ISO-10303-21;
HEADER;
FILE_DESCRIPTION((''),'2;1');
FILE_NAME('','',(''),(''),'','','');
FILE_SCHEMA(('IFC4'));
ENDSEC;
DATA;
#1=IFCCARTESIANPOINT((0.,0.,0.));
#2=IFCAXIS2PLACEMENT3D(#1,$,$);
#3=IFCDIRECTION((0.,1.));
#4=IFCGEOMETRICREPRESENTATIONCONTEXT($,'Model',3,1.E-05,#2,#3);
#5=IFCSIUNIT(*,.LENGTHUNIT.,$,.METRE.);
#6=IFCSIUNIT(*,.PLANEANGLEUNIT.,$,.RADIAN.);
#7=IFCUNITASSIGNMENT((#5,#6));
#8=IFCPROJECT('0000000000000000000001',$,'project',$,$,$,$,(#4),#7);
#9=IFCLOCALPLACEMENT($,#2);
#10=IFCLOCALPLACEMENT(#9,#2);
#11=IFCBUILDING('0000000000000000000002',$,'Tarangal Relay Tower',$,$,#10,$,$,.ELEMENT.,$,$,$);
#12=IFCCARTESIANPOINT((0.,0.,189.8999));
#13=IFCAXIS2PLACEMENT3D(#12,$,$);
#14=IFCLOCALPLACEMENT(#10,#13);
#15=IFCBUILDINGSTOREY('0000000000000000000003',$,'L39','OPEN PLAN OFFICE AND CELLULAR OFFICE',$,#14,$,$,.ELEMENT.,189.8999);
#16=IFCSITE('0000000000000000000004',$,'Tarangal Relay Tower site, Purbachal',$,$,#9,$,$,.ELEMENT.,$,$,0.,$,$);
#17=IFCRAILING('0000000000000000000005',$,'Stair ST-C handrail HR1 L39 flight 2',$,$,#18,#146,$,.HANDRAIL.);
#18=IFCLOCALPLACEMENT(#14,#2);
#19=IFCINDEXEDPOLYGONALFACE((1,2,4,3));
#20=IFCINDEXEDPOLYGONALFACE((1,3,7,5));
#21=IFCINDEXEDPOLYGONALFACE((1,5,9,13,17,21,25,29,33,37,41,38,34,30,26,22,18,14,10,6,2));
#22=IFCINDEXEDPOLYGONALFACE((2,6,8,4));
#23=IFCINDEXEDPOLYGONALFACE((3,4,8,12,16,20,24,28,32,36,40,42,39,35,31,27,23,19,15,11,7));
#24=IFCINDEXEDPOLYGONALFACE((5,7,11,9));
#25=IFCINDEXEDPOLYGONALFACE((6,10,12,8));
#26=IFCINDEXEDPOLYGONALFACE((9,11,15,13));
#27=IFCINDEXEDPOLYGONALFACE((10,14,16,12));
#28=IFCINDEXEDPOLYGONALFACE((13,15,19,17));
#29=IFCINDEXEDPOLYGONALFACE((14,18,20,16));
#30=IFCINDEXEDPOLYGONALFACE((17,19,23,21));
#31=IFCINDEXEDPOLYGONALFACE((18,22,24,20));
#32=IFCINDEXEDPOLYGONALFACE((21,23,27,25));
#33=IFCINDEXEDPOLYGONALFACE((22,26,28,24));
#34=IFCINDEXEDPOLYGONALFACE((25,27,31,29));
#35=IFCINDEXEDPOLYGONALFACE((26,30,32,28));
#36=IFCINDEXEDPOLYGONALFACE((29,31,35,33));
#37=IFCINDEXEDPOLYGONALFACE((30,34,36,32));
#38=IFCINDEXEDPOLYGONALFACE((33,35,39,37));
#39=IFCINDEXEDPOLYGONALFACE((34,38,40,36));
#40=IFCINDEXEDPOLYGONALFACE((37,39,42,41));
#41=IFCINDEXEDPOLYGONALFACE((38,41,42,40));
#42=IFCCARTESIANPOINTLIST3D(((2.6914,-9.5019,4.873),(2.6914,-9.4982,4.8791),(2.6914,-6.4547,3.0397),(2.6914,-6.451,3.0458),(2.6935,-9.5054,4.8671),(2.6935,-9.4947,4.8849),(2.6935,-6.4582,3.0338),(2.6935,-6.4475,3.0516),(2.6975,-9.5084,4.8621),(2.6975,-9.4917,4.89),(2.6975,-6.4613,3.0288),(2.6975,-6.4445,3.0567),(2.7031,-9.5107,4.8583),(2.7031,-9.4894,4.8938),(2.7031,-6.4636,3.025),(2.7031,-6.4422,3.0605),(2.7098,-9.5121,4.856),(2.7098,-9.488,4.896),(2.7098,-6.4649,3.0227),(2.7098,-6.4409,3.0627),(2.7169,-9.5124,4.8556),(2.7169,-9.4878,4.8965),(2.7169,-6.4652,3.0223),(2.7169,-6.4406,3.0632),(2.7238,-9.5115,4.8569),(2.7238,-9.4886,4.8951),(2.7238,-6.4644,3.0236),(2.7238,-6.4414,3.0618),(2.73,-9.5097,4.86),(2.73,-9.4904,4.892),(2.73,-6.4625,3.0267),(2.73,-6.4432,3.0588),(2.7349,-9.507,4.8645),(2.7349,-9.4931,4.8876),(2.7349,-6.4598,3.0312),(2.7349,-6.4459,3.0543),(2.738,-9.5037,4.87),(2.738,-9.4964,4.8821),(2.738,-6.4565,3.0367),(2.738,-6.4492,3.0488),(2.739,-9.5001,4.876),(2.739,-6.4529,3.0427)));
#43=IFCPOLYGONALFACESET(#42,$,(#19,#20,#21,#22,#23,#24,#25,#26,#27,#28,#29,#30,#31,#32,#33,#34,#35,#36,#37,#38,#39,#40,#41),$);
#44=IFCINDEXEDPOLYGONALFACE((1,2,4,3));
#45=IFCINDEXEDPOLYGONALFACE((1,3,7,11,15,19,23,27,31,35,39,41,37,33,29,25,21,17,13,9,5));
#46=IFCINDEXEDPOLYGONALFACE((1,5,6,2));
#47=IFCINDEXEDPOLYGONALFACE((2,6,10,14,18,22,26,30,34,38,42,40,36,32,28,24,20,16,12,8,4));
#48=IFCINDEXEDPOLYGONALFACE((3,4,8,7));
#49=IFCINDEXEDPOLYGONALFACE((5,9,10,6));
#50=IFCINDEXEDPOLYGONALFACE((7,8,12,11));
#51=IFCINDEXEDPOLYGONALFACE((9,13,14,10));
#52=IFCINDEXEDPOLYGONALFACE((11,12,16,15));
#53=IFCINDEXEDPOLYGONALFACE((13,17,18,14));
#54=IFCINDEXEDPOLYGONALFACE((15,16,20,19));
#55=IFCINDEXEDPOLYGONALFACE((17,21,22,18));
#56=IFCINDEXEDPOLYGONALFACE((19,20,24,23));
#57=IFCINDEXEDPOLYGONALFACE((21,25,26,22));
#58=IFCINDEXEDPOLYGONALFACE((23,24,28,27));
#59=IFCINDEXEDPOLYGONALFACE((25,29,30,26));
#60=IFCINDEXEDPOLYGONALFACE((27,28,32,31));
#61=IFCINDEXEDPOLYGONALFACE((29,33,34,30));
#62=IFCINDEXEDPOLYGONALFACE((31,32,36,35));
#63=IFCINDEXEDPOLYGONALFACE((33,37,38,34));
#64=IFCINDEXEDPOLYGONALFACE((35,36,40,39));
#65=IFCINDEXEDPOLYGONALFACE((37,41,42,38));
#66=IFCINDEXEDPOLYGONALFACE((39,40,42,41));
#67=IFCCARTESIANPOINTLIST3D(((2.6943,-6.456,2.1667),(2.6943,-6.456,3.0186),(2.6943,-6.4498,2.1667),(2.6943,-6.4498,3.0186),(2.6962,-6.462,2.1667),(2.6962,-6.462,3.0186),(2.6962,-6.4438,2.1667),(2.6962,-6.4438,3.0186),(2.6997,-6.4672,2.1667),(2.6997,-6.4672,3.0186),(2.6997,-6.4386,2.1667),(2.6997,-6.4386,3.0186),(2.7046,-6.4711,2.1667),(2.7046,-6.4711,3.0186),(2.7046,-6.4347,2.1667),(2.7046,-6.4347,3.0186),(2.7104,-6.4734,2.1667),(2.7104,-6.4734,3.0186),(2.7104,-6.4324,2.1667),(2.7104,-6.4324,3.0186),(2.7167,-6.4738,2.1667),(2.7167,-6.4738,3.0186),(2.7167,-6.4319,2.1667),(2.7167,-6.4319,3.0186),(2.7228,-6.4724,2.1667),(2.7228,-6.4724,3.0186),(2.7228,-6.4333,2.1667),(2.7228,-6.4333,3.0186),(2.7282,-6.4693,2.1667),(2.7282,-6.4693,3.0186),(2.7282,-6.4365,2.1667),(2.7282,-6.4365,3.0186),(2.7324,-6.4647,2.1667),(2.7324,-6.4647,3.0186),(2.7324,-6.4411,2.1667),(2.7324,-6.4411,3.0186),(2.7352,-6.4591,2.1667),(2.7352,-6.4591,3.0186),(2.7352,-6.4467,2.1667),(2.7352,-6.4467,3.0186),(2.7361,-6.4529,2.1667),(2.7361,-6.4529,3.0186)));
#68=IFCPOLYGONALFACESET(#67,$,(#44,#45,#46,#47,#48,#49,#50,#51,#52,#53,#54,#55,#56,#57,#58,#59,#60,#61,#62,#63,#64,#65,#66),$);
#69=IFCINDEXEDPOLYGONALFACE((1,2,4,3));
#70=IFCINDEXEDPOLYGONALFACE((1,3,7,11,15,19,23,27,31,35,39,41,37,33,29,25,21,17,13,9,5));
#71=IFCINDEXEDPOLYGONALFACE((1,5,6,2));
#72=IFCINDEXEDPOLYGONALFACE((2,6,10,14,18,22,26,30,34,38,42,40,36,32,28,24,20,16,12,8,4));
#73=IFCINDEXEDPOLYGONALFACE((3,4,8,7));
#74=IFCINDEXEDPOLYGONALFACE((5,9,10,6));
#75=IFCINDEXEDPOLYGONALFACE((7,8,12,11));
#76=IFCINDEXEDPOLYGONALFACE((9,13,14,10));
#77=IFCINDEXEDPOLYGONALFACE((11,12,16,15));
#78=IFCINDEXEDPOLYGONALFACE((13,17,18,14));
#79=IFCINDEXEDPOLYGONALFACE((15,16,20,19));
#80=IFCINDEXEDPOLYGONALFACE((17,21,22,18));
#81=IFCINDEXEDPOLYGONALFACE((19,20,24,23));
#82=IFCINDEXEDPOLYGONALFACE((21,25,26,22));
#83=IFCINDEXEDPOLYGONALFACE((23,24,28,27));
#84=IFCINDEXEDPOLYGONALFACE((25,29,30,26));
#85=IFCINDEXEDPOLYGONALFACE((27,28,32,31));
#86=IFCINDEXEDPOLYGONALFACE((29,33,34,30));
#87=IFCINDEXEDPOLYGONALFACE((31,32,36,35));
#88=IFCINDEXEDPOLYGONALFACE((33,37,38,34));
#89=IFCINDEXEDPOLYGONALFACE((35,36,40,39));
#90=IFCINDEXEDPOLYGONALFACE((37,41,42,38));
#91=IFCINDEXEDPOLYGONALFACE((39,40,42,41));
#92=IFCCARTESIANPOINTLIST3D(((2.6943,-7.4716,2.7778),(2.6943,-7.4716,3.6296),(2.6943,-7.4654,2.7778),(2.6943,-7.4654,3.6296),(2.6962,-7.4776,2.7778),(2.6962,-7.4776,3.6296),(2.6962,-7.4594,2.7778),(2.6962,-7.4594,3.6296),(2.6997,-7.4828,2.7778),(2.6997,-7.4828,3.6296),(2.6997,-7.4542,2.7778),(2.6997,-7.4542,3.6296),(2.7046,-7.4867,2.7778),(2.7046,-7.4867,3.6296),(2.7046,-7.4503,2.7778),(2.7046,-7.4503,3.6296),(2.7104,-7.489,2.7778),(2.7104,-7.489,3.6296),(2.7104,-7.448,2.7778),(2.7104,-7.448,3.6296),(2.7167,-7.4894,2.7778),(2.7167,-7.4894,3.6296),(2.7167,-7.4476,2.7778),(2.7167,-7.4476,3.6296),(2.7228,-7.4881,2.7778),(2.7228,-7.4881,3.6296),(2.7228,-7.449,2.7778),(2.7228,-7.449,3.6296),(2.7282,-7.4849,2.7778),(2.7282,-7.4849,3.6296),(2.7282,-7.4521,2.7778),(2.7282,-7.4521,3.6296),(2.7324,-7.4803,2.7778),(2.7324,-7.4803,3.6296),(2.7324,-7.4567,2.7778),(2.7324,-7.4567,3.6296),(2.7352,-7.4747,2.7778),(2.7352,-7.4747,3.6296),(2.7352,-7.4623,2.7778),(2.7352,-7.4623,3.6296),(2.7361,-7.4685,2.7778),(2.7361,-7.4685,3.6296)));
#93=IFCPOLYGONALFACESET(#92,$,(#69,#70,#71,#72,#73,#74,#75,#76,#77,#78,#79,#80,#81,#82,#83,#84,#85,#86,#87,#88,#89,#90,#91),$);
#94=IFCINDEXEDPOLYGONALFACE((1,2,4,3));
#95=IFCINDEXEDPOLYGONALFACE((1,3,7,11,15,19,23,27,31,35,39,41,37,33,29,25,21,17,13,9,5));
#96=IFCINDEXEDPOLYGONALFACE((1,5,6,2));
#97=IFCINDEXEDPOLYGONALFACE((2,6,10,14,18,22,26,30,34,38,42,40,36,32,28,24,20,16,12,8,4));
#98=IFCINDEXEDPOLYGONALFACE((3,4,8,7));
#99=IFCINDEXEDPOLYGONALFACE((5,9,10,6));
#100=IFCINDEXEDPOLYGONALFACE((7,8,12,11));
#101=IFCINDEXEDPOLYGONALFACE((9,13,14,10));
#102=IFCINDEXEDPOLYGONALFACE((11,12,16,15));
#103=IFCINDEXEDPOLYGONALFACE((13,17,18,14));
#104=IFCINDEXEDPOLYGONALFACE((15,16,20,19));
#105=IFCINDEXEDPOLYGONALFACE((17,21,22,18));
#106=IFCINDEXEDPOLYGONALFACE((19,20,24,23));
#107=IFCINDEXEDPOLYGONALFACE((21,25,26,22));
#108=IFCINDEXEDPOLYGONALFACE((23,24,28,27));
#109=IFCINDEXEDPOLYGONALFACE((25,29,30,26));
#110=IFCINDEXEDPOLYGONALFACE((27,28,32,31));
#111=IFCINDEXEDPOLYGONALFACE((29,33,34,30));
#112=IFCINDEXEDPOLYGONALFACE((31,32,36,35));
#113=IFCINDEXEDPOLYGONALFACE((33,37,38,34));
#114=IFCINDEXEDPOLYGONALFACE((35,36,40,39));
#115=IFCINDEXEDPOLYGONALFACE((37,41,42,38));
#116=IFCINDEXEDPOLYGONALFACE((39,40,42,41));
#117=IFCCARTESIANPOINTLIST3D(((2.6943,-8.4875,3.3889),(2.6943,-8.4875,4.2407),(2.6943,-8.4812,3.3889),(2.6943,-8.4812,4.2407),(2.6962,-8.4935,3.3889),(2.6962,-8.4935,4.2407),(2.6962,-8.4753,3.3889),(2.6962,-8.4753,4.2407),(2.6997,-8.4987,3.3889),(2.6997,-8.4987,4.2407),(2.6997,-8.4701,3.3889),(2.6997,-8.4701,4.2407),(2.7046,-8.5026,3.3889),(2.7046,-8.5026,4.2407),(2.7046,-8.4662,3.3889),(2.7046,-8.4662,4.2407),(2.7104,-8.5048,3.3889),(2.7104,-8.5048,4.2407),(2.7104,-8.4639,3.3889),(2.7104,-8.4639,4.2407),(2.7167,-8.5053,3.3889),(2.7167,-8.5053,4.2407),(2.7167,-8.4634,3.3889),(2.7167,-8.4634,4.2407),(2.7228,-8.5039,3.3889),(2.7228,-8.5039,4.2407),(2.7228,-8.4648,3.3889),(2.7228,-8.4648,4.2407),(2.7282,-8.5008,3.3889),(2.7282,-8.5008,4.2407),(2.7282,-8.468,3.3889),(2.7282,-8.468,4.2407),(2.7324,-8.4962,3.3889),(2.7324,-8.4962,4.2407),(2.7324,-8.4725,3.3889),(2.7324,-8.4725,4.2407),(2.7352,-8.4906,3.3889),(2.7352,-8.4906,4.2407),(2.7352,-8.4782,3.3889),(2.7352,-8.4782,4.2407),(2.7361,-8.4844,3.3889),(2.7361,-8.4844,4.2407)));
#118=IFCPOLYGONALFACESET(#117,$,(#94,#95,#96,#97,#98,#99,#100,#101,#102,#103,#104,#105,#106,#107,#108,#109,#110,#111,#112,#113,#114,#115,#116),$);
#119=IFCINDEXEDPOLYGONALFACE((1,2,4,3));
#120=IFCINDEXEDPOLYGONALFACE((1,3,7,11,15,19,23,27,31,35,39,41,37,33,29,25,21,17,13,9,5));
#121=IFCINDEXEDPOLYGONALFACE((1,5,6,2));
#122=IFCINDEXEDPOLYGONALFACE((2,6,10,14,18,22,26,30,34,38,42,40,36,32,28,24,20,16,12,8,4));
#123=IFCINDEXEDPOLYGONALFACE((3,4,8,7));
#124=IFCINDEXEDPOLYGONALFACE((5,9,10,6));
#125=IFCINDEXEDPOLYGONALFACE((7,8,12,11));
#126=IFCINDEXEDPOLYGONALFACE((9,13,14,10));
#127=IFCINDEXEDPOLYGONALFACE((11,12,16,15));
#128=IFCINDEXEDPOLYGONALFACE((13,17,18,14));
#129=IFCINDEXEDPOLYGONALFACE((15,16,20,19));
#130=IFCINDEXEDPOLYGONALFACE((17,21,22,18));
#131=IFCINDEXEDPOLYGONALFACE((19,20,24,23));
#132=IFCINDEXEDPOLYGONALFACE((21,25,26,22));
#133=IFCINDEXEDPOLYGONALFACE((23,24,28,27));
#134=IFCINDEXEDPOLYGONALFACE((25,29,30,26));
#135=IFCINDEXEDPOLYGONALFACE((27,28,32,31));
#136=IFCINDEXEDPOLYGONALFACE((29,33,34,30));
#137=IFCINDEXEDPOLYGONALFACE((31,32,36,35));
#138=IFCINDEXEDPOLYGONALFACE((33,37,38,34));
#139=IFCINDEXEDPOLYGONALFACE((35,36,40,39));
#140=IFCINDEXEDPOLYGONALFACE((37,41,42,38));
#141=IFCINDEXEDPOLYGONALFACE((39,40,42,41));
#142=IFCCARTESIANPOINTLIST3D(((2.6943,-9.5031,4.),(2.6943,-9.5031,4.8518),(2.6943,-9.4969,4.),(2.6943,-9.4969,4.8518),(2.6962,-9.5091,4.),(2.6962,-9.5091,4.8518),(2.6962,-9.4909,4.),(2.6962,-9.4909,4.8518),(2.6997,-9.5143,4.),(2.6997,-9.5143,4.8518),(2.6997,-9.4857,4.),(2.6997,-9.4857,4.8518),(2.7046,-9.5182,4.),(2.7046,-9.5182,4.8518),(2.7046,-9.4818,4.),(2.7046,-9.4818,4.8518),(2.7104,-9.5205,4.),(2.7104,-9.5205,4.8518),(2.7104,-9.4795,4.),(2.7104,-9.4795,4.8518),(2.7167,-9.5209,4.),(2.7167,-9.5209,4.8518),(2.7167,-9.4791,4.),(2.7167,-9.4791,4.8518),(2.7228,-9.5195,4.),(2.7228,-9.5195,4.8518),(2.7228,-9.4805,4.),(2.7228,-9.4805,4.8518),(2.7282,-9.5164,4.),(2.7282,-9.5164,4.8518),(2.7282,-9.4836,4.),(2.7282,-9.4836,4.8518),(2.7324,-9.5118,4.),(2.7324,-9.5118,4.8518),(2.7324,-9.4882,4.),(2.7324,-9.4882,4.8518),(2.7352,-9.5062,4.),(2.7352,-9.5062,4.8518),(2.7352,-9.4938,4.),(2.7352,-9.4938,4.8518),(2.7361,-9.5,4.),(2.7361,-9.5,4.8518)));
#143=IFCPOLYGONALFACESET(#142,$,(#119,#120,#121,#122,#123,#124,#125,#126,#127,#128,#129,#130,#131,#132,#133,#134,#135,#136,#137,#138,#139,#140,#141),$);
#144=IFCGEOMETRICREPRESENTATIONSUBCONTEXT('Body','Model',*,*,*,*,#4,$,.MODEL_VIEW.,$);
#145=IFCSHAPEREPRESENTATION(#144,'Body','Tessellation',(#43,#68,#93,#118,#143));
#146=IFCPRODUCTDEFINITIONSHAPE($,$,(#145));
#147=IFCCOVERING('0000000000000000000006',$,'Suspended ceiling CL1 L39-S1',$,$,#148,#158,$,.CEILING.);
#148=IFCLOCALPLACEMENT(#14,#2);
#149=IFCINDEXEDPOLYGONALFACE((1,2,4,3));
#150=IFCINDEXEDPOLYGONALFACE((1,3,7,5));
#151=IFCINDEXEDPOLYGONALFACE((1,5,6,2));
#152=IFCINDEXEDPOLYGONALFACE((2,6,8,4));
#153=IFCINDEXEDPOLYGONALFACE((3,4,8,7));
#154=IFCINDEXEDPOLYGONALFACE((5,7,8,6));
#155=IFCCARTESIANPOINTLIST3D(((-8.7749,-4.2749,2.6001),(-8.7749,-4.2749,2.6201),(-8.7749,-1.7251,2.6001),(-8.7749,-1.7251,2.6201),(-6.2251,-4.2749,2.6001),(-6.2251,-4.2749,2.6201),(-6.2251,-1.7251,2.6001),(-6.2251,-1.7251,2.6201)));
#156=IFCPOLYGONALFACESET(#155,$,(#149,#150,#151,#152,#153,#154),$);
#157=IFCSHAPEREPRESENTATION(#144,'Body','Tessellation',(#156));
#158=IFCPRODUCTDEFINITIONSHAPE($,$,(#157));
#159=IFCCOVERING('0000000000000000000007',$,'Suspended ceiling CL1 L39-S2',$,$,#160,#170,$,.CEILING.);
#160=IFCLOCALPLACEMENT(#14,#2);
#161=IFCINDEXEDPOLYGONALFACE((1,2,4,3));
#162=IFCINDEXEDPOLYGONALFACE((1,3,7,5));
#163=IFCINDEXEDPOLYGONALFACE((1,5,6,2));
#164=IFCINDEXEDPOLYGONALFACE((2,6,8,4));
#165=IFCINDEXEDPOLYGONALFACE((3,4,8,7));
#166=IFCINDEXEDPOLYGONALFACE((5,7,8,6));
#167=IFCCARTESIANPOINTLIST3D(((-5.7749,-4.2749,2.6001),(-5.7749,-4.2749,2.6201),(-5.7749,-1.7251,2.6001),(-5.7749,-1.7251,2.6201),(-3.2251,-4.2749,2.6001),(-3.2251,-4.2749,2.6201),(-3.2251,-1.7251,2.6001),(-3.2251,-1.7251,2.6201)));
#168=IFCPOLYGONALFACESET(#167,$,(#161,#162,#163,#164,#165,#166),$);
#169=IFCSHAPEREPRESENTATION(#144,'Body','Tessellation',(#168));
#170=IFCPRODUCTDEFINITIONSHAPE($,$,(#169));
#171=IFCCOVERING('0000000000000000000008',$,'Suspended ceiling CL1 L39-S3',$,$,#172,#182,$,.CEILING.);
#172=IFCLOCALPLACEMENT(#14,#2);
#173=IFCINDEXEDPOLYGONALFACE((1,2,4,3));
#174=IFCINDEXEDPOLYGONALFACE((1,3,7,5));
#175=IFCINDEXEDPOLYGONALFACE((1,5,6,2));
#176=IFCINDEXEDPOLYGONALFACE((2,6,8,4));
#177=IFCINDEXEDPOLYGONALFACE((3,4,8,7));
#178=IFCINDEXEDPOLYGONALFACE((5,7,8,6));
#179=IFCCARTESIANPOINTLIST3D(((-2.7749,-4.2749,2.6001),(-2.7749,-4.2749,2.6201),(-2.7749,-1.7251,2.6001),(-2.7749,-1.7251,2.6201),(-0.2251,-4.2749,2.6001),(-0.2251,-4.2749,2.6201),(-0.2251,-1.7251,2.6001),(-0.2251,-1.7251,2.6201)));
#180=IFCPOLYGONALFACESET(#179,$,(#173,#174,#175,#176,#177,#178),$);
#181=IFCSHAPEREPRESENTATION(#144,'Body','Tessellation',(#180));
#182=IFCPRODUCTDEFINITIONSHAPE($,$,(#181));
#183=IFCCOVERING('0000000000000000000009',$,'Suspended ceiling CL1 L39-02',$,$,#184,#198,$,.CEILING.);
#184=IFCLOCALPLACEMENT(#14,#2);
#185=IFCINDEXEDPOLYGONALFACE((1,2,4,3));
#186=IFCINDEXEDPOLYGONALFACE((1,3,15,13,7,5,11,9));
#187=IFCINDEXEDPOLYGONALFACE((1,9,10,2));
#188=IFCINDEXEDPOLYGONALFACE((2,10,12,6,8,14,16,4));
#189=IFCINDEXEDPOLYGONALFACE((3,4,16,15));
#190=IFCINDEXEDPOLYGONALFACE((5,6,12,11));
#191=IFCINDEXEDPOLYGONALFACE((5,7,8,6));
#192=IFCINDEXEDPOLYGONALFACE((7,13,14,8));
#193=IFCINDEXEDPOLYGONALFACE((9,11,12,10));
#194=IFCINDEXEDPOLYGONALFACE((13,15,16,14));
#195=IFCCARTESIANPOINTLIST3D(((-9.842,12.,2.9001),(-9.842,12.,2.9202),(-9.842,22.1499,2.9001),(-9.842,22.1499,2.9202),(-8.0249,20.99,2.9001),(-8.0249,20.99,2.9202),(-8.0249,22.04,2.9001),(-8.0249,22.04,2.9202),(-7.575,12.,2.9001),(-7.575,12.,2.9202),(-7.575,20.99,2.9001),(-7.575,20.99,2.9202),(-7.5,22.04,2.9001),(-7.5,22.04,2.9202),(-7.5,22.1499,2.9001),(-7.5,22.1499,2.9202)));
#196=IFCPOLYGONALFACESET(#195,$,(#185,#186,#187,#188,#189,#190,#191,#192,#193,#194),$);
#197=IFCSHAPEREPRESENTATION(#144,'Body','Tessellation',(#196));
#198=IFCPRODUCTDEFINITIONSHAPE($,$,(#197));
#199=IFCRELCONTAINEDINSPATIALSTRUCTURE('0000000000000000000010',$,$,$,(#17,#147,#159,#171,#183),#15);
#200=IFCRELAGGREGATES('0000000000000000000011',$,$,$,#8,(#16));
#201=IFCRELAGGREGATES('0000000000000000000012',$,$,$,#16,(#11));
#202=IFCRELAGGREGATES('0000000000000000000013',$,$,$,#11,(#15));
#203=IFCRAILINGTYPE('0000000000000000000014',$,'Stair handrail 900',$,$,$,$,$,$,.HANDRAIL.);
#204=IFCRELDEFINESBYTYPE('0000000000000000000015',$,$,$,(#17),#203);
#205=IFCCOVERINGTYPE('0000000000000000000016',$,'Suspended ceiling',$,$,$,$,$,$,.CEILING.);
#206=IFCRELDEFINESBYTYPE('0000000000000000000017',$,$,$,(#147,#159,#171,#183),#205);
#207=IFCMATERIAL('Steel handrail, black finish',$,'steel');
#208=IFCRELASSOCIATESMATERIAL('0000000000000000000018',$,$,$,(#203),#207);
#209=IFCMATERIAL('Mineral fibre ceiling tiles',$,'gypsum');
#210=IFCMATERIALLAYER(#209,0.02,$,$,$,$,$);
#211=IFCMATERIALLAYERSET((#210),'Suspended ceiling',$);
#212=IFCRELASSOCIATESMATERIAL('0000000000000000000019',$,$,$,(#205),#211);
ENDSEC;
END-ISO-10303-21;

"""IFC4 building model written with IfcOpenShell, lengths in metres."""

from ifc_helpers import new_model, si_unit, direction, frame, origin, origin_2d, place, context, subcontext, project, spatial, polyline, circle, outline, extrude, material, layer, layer_set, type_object, element, save


model = new_model("IFC4")

# Units and contexts
model_context = context("Model", 3, precision=1e-05, world=origin(), true_north=direction((0.0, 1.0)))
body_context = subcontext(model_context, "Body", "Model", "MODEL_VIEW")
ifc_project = project(units=[si_unit("LENGTHUNIT", "METRE"), si_unit("PLANEANGLEUNIT", "RADIAN")], contexts=[model_context])

# Site, building, storey
site_placement = place(None, origin())
site = spatial("IfcSite", under=ifc_project, at=site_placement, Name="Tarangal Relay Tower site, Purbachal", CompositionType="ELEMENT", RefElevation=0.0)
building_placement = place(site_placement, origin())
building = spatial("IfcBuilding", under=site, at=building_placement, Name="Tarangal Relay Tower", CompositionType="ELEMENT")
storey_placement = place(building_placement, frame((0.0, 0.0, 189.8999)))
storey = spatial("IfcBuildingStorey", under=building, at=storey_placement, Name="L39", Description="OPEN PLAN OFFICE AND CELLULAR OFFICE", CompositionType="ELEMENT", Elevation=189.8999)

# Railing
ifc_material_1 = material(Name="Steel handrail, black finish", Category="steel")
railing_type = type_object("IfcRailingType", Name="Stair handrail 900", PredefinedType="HANDRAIL", material=ifc_material_1)
railing_placement = place(storey_placement, frame((2.7151, -6.4529, 2.1667)))
element("IfcRailing", 1, at=railing_placement, inside=storey, type_object=railing_type, Name="Stair ST-C handrail HR1 L39 flight 2", PredefinedType="HANDRAIL", context=body_context, shape_type="SweptSolid", body=[
    extrude(circle(Radius=0.0239, at=origin_2d()), frame((0.0, 0.0, 0.876), z_axis=(0.0, -0.856874, 0.515525), x_axis=(1.0, 0.0, 0.0)), (0.0, 0.0, 1.0), 3.5562),
    extrude(circle(Radius=0.021, at=origin_2d()), origin(), (0.0, 0.0, 1.0), 0.8518),
    extrude(circle(Radius=0.021, at=origin_2d()), frame((0.0, -1.0156, 0.6111)), (0.0, 0.0, 1.0), 0.8518),
    extrude(circle(Radius=0.021, at=origin_2d()), frame((0.0, -2.0315, 1.2222)), (0.0, 0.0, 1.0), 0.8518),
    extrude(circle(Radius=0.021, at=origin_2d()), frame((0.0, -3.0471, 1.8333)), (0.0, 0.0, 1.0), 0.8518),
])

# Coverings
ifc_material_2 = material(Name="Mineral fibre ceiling tiles", Category="gypsum")
ifc_layer_1 = layer(ifc_material_2, 0.02)
ifc_layer_set_1 = layer_set([ifc_layer_1], Name="Suspended ceiling")
covering_type_1 = type_object("IfcCoveringType", Name="Suspended ceiling", PredefinedType="CEILING", material=ifc_layer_set_1)
covering_1_placement = place(storey_placement, frame((0.0, 0.0, 2.6001)))
element("IfcCovering", 2, at=covering_1_placement, inside=storey, type_object=covering_type_1, Name="Suspended ceiling CL1 L39-S1", PredefinedType="CEILING", context=body_context, shape_type="SweptSolid", body=[
    extrude(outline(polyline([(-8.7749, -4.2749), (-6.2251, -4.2749), (-6.2251, -1.7251), (-8.7749, -1.7251), (-8.7749, -4.2749)])), origin(), (0.0, 0.0, 1.0), 0.02),
])
covering_2_placement = place(storey_placement, frame((0.0, 0.0, 2.6001)))
element("IfcCovering", 3, at=covering_2_placement, inside=storey, type_object=covering_type_1, Name="Suspended ceiling CL1 L39-S2", PredefinedType="CEILING", context=body_context, shape_type="SweptSolid", body=[
    extrude(outline(polyline([(-5.7749, -4.2749), (-3.2251, -4.2749), (-3.2251, -1.7251), (-5.7749, -1.7251), (-5.7749, -4.2749)])), origin(), (0.0, 0.0, 1.0), 0.02),
])
covering_3_placement = place(storey_placement, frame((0.0, 0.0, 2.6001)))
element("IfcCovering", 4, at=covering_3_placement, inside=storey, type_object=covering_type_1, Name="Suspended ceiling CL1 L39-S3", PredefinedType="CEILING", context=body_context, shape_type="SweptSolid", body=[
    extrude(outline(polyline([(-2.7749, -4.2749), (-0.2251, -4.2749), (-0.2251, -1.7251), (-2.7749, -1.7251), (-2.7749, -4.2749)])), origin(), (0.0, 0.0, 1.0), 0.02),
])
covering_4_placement = place(storey_placement, frame((0.0, 0.0, 2.9001)))
element("IfcCovering", 5, at=covering_4_placement, inside=storey, type_object=covering_type_1, Name="Suspended ceiling CL1 L39-02", PredefinedType="CEILING", context=body_context, shape_type="SweptSolid", body=[
    extrude(outline(polyline([(-7.575, 20.99), (-8.0249, 20.99), (-8.0249, 22.04), (-7.5, 22.04), (-7.5, 22.1499), (-9.842, 22.1499), (-9.842, 12.0), (-7.575, 12.0), (-7.575, 20.99)])), origin(), (0.0, 0.0, 1.0), 0.02),
])

save(model, "model.ifc")
